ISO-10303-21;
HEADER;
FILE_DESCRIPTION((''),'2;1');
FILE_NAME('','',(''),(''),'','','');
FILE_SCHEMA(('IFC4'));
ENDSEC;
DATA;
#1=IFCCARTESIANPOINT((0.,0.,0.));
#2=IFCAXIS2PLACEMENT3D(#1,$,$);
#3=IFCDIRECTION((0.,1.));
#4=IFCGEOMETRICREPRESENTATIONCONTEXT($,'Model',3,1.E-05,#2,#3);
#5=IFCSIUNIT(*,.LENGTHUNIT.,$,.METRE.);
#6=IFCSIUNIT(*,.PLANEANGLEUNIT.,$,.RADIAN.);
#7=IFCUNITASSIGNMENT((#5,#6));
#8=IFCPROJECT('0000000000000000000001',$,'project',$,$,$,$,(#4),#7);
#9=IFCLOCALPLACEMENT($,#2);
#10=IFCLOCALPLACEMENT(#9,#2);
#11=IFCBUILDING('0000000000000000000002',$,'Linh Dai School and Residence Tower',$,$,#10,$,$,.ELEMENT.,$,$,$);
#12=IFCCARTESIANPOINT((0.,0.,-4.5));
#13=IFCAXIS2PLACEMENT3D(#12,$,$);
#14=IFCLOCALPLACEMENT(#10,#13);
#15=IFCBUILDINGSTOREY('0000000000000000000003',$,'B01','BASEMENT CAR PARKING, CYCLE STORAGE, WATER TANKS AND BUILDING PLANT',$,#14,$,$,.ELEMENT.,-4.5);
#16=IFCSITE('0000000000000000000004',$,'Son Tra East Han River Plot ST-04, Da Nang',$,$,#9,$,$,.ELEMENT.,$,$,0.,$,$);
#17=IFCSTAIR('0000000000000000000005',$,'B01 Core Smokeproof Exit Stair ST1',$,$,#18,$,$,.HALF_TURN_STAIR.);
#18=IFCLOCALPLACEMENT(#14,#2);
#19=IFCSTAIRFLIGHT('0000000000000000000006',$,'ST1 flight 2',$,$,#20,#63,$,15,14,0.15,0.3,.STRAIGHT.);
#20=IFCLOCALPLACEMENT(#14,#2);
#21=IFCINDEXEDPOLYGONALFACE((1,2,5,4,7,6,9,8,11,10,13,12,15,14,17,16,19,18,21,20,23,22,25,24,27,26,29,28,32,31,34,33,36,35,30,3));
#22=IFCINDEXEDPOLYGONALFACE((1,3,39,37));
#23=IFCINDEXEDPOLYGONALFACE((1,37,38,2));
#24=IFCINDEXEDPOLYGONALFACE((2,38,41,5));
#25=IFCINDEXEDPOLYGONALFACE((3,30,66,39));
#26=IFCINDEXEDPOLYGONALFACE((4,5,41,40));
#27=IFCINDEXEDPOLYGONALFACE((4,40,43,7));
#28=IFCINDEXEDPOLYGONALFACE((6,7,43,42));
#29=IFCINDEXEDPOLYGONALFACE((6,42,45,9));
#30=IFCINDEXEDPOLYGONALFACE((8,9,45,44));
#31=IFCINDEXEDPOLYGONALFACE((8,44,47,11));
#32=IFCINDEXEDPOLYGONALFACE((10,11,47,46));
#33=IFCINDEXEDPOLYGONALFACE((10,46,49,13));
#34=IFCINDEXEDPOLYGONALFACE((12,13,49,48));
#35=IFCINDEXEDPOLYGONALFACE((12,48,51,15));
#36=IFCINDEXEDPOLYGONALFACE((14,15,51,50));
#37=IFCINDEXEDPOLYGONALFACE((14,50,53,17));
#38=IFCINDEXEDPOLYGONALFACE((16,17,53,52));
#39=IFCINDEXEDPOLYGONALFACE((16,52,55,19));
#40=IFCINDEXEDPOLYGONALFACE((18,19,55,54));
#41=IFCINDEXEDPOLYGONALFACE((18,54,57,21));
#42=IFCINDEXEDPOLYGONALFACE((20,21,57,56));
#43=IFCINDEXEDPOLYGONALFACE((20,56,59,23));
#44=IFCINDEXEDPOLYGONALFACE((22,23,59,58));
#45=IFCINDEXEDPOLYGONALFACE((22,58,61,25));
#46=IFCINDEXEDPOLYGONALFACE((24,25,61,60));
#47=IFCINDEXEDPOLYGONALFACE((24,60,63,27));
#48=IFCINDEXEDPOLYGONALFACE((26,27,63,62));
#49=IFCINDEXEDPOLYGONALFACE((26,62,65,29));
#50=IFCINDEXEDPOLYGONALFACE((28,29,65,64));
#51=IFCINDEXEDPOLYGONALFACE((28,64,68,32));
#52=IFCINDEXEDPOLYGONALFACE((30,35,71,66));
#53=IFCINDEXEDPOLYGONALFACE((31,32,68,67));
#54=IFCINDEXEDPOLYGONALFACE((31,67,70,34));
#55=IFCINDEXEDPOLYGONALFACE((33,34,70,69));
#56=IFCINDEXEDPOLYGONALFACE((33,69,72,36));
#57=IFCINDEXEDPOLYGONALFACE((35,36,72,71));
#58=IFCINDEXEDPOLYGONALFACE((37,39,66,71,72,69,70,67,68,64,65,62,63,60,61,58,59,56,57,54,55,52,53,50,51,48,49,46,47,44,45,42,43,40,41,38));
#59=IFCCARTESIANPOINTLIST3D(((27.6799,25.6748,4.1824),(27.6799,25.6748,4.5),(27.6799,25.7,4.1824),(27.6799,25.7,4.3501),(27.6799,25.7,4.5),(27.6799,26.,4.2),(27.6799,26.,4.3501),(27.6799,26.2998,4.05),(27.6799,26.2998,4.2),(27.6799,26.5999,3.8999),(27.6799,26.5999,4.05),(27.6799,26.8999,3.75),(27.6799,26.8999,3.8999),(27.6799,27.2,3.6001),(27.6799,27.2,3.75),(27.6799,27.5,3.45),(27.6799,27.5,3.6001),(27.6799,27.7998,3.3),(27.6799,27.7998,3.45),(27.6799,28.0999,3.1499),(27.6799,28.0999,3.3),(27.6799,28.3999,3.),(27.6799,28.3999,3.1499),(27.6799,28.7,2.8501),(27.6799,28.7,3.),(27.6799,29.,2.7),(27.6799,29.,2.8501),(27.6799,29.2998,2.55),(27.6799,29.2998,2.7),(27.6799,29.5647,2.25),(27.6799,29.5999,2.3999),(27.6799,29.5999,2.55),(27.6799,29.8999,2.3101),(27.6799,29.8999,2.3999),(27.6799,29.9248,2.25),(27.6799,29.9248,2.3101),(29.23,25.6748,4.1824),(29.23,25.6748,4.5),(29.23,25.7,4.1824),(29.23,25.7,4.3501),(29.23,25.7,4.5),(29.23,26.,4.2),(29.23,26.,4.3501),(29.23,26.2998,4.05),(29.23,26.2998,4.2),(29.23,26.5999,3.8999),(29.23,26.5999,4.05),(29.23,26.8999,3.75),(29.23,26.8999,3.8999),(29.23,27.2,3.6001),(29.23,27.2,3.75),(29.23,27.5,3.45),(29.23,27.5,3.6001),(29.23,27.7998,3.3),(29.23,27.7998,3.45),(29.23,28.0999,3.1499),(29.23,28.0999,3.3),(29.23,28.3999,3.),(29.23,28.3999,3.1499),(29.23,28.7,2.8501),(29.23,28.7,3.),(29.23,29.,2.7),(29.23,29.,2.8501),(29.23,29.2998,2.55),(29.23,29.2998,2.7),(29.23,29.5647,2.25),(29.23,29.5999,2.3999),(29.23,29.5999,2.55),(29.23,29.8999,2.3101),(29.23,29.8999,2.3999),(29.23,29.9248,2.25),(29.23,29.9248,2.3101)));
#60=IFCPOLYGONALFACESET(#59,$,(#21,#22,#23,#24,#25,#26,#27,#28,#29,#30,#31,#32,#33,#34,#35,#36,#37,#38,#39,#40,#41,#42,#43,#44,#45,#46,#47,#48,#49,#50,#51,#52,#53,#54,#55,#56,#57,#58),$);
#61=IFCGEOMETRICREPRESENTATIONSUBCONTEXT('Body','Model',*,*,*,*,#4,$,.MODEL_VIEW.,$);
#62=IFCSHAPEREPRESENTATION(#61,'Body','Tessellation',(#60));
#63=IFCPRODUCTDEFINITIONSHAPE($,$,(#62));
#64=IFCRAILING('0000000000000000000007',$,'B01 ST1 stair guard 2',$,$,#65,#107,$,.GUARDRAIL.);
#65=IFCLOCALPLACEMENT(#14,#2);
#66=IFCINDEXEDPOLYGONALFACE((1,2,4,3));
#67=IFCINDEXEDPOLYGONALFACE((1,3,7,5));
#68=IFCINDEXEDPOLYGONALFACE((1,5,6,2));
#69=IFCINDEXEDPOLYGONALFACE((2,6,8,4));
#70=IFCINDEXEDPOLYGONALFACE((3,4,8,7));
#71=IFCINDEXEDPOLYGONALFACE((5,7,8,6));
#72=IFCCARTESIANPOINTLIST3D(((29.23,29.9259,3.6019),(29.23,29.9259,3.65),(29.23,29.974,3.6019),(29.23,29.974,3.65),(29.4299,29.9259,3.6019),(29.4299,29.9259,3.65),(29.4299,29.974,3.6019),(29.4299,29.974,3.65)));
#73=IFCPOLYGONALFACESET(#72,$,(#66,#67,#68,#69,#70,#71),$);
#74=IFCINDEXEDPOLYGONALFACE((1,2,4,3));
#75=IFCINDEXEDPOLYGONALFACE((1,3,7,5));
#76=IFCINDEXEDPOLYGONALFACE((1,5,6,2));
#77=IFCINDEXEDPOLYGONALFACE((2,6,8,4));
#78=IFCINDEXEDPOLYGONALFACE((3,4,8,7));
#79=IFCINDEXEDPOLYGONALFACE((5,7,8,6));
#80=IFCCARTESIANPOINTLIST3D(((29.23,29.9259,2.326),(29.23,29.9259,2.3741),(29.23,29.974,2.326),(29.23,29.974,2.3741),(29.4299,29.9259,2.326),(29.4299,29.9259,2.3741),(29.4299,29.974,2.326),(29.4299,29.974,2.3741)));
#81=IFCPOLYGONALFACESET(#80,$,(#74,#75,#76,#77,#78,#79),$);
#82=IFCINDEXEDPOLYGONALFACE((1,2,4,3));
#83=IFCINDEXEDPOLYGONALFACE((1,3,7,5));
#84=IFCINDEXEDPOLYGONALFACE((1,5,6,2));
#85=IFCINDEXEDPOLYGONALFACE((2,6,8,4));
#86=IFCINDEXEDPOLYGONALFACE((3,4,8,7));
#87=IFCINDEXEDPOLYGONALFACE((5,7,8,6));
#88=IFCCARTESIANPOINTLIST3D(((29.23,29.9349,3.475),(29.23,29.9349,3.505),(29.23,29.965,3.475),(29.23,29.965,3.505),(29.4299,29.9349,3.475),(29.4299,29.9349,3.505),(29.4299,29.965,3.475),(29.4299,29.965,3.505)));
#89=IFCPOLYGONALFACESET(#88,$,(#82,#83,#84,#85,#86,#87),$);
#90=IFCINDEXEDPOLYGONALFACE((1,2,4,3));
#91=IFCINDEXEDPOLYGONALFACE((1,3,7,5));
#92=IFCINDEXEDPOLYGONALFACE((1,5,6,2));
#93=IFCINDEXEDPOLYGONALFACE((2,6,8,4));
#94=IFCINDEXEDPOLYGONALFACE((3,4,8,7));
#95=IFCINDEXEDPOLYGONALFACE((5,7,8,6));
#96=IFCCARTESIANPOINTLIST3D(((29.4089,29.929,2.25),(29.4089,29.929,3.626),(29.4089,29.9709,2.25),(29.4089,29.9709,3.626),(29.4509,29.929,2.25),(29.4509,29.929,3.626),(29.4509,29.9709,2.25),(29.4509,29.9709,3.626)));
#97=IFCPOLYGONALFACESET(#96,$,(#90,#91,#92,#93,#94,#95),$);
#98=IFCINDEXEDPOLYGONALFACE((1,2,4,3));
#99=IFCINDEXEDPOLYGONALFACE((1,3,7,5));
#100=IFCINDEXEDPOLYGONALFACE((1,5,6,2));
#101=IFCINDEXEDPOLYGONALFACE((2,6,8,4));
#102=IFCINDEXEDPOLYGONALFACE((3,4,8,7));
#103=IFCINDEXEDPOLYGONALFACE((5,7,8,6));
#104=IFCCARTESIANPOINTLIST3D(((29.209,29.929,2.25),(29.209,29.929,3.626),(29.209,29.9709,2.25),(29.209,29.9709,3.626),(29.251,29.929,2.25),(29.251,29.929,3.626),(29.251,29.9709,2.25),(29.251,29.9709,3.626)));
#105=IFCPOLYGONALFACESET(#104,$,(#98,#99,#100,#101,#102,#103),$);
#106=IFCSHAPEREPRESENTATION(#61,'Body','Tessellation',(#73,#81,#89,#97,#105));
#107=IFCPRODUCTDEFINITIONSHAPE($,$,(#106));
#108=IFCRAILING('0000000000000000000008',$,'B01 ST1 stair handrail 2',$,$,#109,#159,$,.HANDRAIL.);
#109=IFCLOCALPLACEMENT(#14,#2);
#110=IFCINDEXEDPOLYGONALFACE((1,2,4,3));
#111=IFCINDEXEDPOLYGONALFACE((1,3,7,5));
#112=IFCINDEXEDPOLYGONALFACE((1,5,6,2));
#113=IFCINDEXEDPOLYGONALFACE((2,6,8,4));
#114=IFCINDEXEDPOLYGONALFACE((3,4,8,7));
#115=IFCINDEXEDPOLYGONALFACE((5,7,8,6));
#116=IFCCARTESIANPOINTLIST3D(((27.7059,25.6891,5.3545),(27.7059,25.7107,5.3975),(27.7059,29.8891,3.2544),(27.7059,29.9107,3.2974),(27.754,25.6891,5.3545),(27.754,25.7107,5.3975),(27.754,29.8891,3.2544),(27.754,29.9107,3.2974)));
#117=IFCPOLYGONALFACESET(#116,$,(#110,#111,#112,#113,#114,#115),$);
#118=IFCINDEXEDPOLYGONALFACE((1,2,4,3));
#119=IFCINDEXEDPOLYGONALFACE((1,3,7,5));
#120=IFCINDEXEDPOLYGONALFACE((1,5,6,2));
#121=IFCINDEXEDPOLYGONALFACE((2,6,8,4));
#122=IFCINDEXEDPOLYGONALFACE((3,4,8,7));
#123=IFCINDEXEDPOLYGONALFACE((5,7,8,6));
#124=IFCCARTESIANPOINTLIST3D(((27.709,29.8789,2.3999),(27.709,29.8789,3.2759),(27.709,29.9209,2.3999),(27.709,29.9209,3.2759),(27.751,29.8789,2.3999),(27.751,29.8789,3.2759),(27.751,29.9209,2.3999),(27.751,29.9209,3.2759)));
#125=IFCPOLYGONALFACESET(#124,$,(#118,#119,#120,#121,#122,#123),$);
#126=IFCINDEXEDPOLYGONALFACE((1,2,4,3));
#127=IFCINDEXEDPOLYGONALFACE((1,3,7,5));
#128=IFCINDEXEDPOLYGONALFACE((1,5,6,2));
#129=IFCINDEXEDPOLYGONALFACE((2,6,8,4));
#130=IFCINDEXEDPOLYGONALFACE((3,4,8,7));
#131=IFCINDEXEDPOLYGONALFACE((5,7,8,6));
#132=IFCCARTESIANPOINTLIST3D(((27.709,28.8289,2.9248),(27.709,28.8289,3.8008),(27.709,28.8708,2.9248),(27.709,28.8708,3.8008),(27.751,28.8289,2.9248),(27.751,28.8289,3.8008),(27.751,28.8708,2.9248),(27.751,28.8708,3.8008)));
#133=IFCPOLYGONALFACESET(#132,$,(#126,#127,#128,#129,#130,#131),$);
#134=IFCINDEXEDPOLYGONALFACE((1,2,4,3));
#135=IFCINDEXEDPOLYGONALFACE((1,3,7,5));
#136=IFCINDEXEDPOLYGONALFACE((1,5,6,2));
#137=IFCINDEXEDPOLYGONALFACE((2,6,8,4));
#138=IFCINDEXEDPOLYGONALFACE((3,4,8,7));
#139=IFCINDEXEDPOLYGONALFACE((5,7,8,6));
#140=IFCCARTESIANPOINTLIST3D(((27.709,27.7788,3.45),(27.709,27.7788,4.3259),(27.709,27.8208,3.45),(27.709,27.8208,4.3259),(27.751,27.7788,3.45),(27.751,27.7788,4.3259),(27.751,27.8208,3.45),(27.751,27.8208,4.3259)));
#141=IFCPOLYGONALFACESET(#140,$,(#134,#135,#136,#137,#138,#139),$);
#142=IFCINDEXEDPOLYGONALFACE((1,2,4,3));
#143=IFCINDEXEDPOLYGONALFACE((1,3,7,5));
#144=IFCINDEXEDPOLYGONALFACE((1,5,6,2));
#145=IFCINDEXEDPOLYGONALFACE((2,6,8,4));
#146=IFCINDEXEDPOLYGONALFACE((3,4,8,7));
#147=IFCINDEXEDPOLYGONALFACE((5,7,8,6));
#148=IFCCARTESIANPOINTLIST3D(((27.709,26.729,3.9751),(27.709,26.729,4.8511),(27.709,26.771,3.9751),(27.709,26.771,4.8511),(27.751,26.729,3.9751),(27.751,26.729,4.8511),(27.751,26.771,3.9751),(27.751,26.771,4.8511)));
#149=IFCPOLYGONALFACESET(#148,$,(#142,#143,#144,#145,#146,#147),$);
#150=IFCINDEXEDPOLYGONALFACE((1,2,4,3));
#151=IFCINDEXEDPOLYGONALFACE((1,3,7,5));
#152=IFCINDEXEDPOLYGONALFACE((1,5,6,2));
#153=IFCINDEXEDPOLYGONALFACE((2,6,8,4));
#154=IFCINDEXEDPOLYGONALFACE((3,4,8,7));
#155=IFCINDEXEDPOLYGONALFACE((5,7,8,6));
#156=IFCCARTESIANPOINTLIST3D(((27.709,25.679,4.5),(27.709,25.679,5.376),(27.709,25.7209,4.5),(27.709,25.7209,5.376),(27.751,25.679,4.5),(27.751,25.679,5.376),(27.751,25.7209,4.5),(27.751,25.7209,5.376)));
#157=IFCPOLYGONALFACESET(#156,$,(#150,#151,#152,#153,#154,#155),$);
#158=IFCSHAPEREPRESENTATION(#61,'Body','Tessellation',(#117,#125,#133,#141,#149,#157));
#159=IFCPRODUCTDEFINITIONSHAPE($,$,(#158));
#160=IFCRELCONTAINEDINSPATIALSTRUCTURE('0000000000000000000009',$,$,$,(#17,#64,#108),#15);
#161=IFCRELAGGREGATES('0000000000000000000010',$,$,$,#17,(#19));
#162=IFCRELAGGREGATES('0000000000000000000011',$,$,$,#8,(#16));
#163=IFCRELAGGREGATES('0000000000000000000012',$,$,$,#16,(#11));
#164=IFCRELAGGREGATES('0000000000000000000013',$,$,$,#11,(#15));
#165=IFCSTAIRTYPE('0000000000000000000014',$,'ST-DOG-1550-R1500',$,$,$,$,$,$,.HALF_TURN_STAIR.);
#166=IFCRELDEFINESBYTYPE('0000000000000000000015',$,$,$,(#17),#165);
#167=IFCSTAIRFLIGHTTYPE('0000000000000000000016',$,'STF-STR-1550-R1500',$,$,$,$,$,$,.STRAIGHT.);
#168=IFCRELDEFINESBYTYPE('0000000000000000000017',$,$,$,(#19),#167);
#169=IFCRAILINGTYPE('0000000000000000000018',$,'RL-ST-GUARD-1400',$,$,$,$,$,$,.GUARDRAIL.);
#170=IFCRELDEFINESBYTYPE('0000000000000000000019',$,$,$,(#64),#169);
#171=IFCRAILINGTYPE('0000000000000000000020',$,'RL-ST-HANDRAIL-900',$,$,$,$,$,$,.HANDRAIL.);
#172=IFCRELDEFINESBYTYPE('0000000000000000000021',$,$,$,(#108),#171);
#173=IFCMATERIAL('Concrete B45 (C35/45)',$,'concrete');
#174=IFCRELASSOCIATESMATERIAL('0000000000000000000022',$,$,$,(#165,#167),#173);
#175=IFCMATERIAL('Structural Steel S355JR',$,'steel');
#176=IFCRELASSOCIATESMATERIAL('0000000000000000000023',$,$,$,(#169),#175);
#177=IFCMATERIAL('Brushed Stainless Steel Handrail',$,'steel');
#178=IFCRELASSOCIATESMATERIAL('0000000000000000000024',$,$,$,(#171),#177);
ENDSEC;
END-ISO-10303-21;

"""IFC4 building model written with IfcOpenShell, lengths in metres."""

from ifc_helpers import new_model, si_unit, direction, frame, origin, origin_2d, place, context, subcontext, project, spatial, polyline, rectangle, outline, extrude, source, transform, mapped, material, type_object, element, aggregate, save


model = new_model("IFC4")

# Units and contexts
model_context = context("Model", 3, precision=1e-05, world=origin(), true_north=direction((0.0, 1.0)))
body_context = subcontext(model_context, "Body", "Model", "MODEL_VIEW")
ifc_project = project(units=[si_unit("LENGTHUNIT", "METRE"), si_unit("PLANEANGLEUNIT", "RADIAN")], contexts=[model_context])

# Site, building, storey
site_placement = place(None, origin())
site = spatial("IfcSite", under=ifc_project, at=site_placement, Name="Son Tra East Han River Plot ST-04, Da Nang", CompositionType="ELEMENT", RefElevation=0.0)
building_placement = place(site_placement, origin())
building = spatial("IfcBuilding", under=site, at=building_placement, Name="Linh Dai School and Residence Tower", CompositionType="ELEMENT")
storey_placement = place(building_placement, frame((0.0, 0.0, -4.5)))
storey = spatial("IfcBuildingStorey", under=building, at=storey_placement, Name="B01", Description="BASEMENT CAR PARKING, CYCLE STORAGE, WATER TANKS AND BUILDING PLANT", CompositionType="ELEMENT", Elevation=-4.5)

# Shared definitions
ifc_material_1 = material(Name="Concrete B45 (C35/45)", Category="concrete")

# Stair, stair flight
stair_type = type_object("IfcStairType", Name="ST-DOG-1550-R1500", PredefinedType="HALF_TURN_STAIR", material=ifc_material_1)
stair_placement = place(storey_placement, origin())
stair = element("IfcStair", 1, at=stair_placement, inside=storey, type_object=stair_type, Name="B01 Core Smokeproof Exit Stair ST1", PredefinedType="HALF_TURN_STAIR")
stair_flight_type = type_object("IfcStairFlightType", Name="STF-STR-1550-R1500", PredefinedType="STRAIGHT", material=ifc_material_1)
shared_shape_1 = source(origin(), body_context, "Body", "SweptSolid", [
    extrude(outline(polyline([(-0.0249, 0.0), (-0.0249, 0.0601), (0.0, 0.0601), (0.0, 0.1499), (0.3, 0.1499), (0.3, 0.3), (0.6001, 0.3), (0.6001, 0.45), (0.8999, 0.45), (0.8999, 0.6001), (1.2, 0.6001), (1.2, 0.75), (1.5, 0.75), (1.5, 0.8999), (1.8, 0.8999), (1.8, 1.05), (2.1001, 1.05), (2.1001, 1.2), (2.3999, 1.2), (2.3999, 1.3501), (2.7, 1.3501), (2.7, 1.5), (3.0, 1.5), (3.0, 1.6499), (3.3, 1.6499), (3.3, 1.8), (3.6001, 1.8), (3.6001, 1.95), (3.8999, 1.95), (3.8999, 2.1001), (4.2, 2.1001), (4.2, 2.25), (4.2251, 2.25), (4.2251, 1.9324), (4.2, 1.9324), (0.3352, 0.0), (-0.0249, 0.0)])), frame((0.0, 0.7749, 0.0), z_axis=(0.0, -1.0, 0.0), x_axis=(1.0, 0.0, 0.0)), (0.0, 0.0, 1.0), 1.55),
])
stair_flight_placement = place(storey_placement, frame((28.4551, 29.8999, 2.25), z_axis=(0.0, 0.0, 1.0), x_axis=(0.0, -1.0, 0.0)))
stair_flight = element("IfcStairFlight", 2, at=stair_flight_placement, type_object=stair_flight_type, Name="ST1 flight 2", NumberOfRisers=15, NumberOfTreads=14, PredefinedType="STRAIGHT", RiserHeight=0.15, TreadLength=0.3, context=body_context, shape_type="MappedRepresentation", body=[
    mapped(shared_shape_1, transform((0.0, 0.0, 0.0), x_axis=(1.0, 0.0, 0.0), y_axis=(0.0, 1.0, 0.0), z_axis=(0.0, 0.0, 1.0), scale=1.0)),
])
aggregate(stair, [stair_flight])

# Railings
ifc_material_2 = material(Name="Structural Steel S355JR", Category="steel")
railing_type_1 = type_object("IfcRailingType", Name="RL-ST-GUARD-1400", PredefinedType="GUARDRAIL", material=ifc_material_2)
shared_shape_2 = source(origin(), body_context, "Body", "SweptSolid", [
    extrude(rectangle(XDim=0.0481, YDim=0.0481, at=origin_2d()), frame((0.0, 0.0, 1.376), z_axis=(-1.0, 0.0, 0.0), x_axis=(0.0, -1.0, 0.0)), (0.0, 0.0, 1.0), 0.2),
    extrude(rectangle(XDim=0.0481, YDim=0.0481, at=origin_2d()), frame((0.0, 0.0, 0.1001), z_axis=(-1.0, 0.0, 0.0), x_axis=(0.0, -1.0, 0.0)), (0.0, 0.0, 1.0), 0.2),
    extrude(rectangle(XDim=0.03, YDim=0.03, at=origin_2d()), frame((0.0, 0.0, 1.24), z_axis=(-1.0, 0.0, 0.0), x_axis=(0.0, -1.0, 0.0)), (0.0, 0.0, 1.0), 0.2),
    extrude(rectangle(XDim=0.042, YDim=0.042, at=origin_2d()), origin(), (0.0, 0.0, 1.0), 1.376),
    extrude(rectangle(XDim=0.042, YDim=0.042, at=origin_2d()), frame((-0.2, 0.0, 0.0)), (0.0, 0.0, 1.0), 1.376),
])
railing_1_placement = place(storey_placement, frame((29.4299, 29.95, 2.25)))
element("IfcRailing", 3, at=railing_1_placement, inside=storey, type_object=railing_type_1, Name="B01 ST1 stair guard 2", PredefinedType="GUARDRAIL", context=body_context, shape_type="MappedRepresentation", body=[
    mapped(shared_shape_2, transform((0.0, 0.0, 0.0), x_axis=(1.0, 0.0, 0.0), y_axis=(0.0, 1.0, 0.0), z_axis=(0.0, 0.0, 1.0), scale=1.0)),
])
ifc_material_3 = material(Name="Brushed Stainless Steel Handrail", Category="steel")
railing_type_2 = type_object("IfcRailingType", Name="RL-ST-HANDRAIL-900", PredefinedType="HANDRAIL", material=ifc_material_3)
shared_shape_3 = source(origin(), body_context, "Body", "SweptSolid", [
    extrude(rectangle(XDim=0.0481, YDim=0.0481, at=origin_2d()), frame((0.0, 0.0, 0.876), z_axis=(0.0, -0.894417, 0.447234), x_axis=(1.0, 0.0, 0.0)), (0.0, 0.0, 1.0), 4.6958),
    extrude(rectangle(XDim=0.042, YDim=0.042, at=origin_2d()), origin(), (0.0, 0.0, 1.0), 0.876),
    extrude(rectangle(XDim=0.042, YDim=0.042, at=origin_2d()), frame((0.0, -1.05, 0.5249)), (0.0, 0.0, 1.0), 0.876),
    extrude(rectangle(XDim=0.042, YDim=0.042, at=origin_2d()), frame((0.0, -2.1001, 1.05)), (0.0, 0.0, 1.0), 0.876),
    extrude(rectangle(XDim=0.042, YDim=0.042, at=origin_2d()), frame((0.0, -3.1499, 1.5752)), (0.0, 0.0, 1.0), 0.876),
    extrude(rectangle(XDim=0.042, YDim=0.042, at=origin_2d()), frame((0.0, -4.2, 2.1001)), (0.0, 0.0, 1.0), 0.876),
])
railing_2_placement = place(storey_placement, frame((27.73, 29.8999, 2.3999)))
element("IfcRailing", 4, at=railing_2_placement, inside=storey, type_object=railing_type_2, Name="B01 ST1 stair handrail 2", PredefinedType="HANDRAIL", context=body_context, shape_type="MappedRepresentation", body=[
    mapped(shared_shape_3, transform((0.0, 0.0, 0.0), x_axis=(1.0, 0.0, 0.0), y_axis=(0.0, 1.0, 0.0), z_axis=(0.0, 0.0, 1.0), scale=1.0)),
])

save(model, "model.ifc")
